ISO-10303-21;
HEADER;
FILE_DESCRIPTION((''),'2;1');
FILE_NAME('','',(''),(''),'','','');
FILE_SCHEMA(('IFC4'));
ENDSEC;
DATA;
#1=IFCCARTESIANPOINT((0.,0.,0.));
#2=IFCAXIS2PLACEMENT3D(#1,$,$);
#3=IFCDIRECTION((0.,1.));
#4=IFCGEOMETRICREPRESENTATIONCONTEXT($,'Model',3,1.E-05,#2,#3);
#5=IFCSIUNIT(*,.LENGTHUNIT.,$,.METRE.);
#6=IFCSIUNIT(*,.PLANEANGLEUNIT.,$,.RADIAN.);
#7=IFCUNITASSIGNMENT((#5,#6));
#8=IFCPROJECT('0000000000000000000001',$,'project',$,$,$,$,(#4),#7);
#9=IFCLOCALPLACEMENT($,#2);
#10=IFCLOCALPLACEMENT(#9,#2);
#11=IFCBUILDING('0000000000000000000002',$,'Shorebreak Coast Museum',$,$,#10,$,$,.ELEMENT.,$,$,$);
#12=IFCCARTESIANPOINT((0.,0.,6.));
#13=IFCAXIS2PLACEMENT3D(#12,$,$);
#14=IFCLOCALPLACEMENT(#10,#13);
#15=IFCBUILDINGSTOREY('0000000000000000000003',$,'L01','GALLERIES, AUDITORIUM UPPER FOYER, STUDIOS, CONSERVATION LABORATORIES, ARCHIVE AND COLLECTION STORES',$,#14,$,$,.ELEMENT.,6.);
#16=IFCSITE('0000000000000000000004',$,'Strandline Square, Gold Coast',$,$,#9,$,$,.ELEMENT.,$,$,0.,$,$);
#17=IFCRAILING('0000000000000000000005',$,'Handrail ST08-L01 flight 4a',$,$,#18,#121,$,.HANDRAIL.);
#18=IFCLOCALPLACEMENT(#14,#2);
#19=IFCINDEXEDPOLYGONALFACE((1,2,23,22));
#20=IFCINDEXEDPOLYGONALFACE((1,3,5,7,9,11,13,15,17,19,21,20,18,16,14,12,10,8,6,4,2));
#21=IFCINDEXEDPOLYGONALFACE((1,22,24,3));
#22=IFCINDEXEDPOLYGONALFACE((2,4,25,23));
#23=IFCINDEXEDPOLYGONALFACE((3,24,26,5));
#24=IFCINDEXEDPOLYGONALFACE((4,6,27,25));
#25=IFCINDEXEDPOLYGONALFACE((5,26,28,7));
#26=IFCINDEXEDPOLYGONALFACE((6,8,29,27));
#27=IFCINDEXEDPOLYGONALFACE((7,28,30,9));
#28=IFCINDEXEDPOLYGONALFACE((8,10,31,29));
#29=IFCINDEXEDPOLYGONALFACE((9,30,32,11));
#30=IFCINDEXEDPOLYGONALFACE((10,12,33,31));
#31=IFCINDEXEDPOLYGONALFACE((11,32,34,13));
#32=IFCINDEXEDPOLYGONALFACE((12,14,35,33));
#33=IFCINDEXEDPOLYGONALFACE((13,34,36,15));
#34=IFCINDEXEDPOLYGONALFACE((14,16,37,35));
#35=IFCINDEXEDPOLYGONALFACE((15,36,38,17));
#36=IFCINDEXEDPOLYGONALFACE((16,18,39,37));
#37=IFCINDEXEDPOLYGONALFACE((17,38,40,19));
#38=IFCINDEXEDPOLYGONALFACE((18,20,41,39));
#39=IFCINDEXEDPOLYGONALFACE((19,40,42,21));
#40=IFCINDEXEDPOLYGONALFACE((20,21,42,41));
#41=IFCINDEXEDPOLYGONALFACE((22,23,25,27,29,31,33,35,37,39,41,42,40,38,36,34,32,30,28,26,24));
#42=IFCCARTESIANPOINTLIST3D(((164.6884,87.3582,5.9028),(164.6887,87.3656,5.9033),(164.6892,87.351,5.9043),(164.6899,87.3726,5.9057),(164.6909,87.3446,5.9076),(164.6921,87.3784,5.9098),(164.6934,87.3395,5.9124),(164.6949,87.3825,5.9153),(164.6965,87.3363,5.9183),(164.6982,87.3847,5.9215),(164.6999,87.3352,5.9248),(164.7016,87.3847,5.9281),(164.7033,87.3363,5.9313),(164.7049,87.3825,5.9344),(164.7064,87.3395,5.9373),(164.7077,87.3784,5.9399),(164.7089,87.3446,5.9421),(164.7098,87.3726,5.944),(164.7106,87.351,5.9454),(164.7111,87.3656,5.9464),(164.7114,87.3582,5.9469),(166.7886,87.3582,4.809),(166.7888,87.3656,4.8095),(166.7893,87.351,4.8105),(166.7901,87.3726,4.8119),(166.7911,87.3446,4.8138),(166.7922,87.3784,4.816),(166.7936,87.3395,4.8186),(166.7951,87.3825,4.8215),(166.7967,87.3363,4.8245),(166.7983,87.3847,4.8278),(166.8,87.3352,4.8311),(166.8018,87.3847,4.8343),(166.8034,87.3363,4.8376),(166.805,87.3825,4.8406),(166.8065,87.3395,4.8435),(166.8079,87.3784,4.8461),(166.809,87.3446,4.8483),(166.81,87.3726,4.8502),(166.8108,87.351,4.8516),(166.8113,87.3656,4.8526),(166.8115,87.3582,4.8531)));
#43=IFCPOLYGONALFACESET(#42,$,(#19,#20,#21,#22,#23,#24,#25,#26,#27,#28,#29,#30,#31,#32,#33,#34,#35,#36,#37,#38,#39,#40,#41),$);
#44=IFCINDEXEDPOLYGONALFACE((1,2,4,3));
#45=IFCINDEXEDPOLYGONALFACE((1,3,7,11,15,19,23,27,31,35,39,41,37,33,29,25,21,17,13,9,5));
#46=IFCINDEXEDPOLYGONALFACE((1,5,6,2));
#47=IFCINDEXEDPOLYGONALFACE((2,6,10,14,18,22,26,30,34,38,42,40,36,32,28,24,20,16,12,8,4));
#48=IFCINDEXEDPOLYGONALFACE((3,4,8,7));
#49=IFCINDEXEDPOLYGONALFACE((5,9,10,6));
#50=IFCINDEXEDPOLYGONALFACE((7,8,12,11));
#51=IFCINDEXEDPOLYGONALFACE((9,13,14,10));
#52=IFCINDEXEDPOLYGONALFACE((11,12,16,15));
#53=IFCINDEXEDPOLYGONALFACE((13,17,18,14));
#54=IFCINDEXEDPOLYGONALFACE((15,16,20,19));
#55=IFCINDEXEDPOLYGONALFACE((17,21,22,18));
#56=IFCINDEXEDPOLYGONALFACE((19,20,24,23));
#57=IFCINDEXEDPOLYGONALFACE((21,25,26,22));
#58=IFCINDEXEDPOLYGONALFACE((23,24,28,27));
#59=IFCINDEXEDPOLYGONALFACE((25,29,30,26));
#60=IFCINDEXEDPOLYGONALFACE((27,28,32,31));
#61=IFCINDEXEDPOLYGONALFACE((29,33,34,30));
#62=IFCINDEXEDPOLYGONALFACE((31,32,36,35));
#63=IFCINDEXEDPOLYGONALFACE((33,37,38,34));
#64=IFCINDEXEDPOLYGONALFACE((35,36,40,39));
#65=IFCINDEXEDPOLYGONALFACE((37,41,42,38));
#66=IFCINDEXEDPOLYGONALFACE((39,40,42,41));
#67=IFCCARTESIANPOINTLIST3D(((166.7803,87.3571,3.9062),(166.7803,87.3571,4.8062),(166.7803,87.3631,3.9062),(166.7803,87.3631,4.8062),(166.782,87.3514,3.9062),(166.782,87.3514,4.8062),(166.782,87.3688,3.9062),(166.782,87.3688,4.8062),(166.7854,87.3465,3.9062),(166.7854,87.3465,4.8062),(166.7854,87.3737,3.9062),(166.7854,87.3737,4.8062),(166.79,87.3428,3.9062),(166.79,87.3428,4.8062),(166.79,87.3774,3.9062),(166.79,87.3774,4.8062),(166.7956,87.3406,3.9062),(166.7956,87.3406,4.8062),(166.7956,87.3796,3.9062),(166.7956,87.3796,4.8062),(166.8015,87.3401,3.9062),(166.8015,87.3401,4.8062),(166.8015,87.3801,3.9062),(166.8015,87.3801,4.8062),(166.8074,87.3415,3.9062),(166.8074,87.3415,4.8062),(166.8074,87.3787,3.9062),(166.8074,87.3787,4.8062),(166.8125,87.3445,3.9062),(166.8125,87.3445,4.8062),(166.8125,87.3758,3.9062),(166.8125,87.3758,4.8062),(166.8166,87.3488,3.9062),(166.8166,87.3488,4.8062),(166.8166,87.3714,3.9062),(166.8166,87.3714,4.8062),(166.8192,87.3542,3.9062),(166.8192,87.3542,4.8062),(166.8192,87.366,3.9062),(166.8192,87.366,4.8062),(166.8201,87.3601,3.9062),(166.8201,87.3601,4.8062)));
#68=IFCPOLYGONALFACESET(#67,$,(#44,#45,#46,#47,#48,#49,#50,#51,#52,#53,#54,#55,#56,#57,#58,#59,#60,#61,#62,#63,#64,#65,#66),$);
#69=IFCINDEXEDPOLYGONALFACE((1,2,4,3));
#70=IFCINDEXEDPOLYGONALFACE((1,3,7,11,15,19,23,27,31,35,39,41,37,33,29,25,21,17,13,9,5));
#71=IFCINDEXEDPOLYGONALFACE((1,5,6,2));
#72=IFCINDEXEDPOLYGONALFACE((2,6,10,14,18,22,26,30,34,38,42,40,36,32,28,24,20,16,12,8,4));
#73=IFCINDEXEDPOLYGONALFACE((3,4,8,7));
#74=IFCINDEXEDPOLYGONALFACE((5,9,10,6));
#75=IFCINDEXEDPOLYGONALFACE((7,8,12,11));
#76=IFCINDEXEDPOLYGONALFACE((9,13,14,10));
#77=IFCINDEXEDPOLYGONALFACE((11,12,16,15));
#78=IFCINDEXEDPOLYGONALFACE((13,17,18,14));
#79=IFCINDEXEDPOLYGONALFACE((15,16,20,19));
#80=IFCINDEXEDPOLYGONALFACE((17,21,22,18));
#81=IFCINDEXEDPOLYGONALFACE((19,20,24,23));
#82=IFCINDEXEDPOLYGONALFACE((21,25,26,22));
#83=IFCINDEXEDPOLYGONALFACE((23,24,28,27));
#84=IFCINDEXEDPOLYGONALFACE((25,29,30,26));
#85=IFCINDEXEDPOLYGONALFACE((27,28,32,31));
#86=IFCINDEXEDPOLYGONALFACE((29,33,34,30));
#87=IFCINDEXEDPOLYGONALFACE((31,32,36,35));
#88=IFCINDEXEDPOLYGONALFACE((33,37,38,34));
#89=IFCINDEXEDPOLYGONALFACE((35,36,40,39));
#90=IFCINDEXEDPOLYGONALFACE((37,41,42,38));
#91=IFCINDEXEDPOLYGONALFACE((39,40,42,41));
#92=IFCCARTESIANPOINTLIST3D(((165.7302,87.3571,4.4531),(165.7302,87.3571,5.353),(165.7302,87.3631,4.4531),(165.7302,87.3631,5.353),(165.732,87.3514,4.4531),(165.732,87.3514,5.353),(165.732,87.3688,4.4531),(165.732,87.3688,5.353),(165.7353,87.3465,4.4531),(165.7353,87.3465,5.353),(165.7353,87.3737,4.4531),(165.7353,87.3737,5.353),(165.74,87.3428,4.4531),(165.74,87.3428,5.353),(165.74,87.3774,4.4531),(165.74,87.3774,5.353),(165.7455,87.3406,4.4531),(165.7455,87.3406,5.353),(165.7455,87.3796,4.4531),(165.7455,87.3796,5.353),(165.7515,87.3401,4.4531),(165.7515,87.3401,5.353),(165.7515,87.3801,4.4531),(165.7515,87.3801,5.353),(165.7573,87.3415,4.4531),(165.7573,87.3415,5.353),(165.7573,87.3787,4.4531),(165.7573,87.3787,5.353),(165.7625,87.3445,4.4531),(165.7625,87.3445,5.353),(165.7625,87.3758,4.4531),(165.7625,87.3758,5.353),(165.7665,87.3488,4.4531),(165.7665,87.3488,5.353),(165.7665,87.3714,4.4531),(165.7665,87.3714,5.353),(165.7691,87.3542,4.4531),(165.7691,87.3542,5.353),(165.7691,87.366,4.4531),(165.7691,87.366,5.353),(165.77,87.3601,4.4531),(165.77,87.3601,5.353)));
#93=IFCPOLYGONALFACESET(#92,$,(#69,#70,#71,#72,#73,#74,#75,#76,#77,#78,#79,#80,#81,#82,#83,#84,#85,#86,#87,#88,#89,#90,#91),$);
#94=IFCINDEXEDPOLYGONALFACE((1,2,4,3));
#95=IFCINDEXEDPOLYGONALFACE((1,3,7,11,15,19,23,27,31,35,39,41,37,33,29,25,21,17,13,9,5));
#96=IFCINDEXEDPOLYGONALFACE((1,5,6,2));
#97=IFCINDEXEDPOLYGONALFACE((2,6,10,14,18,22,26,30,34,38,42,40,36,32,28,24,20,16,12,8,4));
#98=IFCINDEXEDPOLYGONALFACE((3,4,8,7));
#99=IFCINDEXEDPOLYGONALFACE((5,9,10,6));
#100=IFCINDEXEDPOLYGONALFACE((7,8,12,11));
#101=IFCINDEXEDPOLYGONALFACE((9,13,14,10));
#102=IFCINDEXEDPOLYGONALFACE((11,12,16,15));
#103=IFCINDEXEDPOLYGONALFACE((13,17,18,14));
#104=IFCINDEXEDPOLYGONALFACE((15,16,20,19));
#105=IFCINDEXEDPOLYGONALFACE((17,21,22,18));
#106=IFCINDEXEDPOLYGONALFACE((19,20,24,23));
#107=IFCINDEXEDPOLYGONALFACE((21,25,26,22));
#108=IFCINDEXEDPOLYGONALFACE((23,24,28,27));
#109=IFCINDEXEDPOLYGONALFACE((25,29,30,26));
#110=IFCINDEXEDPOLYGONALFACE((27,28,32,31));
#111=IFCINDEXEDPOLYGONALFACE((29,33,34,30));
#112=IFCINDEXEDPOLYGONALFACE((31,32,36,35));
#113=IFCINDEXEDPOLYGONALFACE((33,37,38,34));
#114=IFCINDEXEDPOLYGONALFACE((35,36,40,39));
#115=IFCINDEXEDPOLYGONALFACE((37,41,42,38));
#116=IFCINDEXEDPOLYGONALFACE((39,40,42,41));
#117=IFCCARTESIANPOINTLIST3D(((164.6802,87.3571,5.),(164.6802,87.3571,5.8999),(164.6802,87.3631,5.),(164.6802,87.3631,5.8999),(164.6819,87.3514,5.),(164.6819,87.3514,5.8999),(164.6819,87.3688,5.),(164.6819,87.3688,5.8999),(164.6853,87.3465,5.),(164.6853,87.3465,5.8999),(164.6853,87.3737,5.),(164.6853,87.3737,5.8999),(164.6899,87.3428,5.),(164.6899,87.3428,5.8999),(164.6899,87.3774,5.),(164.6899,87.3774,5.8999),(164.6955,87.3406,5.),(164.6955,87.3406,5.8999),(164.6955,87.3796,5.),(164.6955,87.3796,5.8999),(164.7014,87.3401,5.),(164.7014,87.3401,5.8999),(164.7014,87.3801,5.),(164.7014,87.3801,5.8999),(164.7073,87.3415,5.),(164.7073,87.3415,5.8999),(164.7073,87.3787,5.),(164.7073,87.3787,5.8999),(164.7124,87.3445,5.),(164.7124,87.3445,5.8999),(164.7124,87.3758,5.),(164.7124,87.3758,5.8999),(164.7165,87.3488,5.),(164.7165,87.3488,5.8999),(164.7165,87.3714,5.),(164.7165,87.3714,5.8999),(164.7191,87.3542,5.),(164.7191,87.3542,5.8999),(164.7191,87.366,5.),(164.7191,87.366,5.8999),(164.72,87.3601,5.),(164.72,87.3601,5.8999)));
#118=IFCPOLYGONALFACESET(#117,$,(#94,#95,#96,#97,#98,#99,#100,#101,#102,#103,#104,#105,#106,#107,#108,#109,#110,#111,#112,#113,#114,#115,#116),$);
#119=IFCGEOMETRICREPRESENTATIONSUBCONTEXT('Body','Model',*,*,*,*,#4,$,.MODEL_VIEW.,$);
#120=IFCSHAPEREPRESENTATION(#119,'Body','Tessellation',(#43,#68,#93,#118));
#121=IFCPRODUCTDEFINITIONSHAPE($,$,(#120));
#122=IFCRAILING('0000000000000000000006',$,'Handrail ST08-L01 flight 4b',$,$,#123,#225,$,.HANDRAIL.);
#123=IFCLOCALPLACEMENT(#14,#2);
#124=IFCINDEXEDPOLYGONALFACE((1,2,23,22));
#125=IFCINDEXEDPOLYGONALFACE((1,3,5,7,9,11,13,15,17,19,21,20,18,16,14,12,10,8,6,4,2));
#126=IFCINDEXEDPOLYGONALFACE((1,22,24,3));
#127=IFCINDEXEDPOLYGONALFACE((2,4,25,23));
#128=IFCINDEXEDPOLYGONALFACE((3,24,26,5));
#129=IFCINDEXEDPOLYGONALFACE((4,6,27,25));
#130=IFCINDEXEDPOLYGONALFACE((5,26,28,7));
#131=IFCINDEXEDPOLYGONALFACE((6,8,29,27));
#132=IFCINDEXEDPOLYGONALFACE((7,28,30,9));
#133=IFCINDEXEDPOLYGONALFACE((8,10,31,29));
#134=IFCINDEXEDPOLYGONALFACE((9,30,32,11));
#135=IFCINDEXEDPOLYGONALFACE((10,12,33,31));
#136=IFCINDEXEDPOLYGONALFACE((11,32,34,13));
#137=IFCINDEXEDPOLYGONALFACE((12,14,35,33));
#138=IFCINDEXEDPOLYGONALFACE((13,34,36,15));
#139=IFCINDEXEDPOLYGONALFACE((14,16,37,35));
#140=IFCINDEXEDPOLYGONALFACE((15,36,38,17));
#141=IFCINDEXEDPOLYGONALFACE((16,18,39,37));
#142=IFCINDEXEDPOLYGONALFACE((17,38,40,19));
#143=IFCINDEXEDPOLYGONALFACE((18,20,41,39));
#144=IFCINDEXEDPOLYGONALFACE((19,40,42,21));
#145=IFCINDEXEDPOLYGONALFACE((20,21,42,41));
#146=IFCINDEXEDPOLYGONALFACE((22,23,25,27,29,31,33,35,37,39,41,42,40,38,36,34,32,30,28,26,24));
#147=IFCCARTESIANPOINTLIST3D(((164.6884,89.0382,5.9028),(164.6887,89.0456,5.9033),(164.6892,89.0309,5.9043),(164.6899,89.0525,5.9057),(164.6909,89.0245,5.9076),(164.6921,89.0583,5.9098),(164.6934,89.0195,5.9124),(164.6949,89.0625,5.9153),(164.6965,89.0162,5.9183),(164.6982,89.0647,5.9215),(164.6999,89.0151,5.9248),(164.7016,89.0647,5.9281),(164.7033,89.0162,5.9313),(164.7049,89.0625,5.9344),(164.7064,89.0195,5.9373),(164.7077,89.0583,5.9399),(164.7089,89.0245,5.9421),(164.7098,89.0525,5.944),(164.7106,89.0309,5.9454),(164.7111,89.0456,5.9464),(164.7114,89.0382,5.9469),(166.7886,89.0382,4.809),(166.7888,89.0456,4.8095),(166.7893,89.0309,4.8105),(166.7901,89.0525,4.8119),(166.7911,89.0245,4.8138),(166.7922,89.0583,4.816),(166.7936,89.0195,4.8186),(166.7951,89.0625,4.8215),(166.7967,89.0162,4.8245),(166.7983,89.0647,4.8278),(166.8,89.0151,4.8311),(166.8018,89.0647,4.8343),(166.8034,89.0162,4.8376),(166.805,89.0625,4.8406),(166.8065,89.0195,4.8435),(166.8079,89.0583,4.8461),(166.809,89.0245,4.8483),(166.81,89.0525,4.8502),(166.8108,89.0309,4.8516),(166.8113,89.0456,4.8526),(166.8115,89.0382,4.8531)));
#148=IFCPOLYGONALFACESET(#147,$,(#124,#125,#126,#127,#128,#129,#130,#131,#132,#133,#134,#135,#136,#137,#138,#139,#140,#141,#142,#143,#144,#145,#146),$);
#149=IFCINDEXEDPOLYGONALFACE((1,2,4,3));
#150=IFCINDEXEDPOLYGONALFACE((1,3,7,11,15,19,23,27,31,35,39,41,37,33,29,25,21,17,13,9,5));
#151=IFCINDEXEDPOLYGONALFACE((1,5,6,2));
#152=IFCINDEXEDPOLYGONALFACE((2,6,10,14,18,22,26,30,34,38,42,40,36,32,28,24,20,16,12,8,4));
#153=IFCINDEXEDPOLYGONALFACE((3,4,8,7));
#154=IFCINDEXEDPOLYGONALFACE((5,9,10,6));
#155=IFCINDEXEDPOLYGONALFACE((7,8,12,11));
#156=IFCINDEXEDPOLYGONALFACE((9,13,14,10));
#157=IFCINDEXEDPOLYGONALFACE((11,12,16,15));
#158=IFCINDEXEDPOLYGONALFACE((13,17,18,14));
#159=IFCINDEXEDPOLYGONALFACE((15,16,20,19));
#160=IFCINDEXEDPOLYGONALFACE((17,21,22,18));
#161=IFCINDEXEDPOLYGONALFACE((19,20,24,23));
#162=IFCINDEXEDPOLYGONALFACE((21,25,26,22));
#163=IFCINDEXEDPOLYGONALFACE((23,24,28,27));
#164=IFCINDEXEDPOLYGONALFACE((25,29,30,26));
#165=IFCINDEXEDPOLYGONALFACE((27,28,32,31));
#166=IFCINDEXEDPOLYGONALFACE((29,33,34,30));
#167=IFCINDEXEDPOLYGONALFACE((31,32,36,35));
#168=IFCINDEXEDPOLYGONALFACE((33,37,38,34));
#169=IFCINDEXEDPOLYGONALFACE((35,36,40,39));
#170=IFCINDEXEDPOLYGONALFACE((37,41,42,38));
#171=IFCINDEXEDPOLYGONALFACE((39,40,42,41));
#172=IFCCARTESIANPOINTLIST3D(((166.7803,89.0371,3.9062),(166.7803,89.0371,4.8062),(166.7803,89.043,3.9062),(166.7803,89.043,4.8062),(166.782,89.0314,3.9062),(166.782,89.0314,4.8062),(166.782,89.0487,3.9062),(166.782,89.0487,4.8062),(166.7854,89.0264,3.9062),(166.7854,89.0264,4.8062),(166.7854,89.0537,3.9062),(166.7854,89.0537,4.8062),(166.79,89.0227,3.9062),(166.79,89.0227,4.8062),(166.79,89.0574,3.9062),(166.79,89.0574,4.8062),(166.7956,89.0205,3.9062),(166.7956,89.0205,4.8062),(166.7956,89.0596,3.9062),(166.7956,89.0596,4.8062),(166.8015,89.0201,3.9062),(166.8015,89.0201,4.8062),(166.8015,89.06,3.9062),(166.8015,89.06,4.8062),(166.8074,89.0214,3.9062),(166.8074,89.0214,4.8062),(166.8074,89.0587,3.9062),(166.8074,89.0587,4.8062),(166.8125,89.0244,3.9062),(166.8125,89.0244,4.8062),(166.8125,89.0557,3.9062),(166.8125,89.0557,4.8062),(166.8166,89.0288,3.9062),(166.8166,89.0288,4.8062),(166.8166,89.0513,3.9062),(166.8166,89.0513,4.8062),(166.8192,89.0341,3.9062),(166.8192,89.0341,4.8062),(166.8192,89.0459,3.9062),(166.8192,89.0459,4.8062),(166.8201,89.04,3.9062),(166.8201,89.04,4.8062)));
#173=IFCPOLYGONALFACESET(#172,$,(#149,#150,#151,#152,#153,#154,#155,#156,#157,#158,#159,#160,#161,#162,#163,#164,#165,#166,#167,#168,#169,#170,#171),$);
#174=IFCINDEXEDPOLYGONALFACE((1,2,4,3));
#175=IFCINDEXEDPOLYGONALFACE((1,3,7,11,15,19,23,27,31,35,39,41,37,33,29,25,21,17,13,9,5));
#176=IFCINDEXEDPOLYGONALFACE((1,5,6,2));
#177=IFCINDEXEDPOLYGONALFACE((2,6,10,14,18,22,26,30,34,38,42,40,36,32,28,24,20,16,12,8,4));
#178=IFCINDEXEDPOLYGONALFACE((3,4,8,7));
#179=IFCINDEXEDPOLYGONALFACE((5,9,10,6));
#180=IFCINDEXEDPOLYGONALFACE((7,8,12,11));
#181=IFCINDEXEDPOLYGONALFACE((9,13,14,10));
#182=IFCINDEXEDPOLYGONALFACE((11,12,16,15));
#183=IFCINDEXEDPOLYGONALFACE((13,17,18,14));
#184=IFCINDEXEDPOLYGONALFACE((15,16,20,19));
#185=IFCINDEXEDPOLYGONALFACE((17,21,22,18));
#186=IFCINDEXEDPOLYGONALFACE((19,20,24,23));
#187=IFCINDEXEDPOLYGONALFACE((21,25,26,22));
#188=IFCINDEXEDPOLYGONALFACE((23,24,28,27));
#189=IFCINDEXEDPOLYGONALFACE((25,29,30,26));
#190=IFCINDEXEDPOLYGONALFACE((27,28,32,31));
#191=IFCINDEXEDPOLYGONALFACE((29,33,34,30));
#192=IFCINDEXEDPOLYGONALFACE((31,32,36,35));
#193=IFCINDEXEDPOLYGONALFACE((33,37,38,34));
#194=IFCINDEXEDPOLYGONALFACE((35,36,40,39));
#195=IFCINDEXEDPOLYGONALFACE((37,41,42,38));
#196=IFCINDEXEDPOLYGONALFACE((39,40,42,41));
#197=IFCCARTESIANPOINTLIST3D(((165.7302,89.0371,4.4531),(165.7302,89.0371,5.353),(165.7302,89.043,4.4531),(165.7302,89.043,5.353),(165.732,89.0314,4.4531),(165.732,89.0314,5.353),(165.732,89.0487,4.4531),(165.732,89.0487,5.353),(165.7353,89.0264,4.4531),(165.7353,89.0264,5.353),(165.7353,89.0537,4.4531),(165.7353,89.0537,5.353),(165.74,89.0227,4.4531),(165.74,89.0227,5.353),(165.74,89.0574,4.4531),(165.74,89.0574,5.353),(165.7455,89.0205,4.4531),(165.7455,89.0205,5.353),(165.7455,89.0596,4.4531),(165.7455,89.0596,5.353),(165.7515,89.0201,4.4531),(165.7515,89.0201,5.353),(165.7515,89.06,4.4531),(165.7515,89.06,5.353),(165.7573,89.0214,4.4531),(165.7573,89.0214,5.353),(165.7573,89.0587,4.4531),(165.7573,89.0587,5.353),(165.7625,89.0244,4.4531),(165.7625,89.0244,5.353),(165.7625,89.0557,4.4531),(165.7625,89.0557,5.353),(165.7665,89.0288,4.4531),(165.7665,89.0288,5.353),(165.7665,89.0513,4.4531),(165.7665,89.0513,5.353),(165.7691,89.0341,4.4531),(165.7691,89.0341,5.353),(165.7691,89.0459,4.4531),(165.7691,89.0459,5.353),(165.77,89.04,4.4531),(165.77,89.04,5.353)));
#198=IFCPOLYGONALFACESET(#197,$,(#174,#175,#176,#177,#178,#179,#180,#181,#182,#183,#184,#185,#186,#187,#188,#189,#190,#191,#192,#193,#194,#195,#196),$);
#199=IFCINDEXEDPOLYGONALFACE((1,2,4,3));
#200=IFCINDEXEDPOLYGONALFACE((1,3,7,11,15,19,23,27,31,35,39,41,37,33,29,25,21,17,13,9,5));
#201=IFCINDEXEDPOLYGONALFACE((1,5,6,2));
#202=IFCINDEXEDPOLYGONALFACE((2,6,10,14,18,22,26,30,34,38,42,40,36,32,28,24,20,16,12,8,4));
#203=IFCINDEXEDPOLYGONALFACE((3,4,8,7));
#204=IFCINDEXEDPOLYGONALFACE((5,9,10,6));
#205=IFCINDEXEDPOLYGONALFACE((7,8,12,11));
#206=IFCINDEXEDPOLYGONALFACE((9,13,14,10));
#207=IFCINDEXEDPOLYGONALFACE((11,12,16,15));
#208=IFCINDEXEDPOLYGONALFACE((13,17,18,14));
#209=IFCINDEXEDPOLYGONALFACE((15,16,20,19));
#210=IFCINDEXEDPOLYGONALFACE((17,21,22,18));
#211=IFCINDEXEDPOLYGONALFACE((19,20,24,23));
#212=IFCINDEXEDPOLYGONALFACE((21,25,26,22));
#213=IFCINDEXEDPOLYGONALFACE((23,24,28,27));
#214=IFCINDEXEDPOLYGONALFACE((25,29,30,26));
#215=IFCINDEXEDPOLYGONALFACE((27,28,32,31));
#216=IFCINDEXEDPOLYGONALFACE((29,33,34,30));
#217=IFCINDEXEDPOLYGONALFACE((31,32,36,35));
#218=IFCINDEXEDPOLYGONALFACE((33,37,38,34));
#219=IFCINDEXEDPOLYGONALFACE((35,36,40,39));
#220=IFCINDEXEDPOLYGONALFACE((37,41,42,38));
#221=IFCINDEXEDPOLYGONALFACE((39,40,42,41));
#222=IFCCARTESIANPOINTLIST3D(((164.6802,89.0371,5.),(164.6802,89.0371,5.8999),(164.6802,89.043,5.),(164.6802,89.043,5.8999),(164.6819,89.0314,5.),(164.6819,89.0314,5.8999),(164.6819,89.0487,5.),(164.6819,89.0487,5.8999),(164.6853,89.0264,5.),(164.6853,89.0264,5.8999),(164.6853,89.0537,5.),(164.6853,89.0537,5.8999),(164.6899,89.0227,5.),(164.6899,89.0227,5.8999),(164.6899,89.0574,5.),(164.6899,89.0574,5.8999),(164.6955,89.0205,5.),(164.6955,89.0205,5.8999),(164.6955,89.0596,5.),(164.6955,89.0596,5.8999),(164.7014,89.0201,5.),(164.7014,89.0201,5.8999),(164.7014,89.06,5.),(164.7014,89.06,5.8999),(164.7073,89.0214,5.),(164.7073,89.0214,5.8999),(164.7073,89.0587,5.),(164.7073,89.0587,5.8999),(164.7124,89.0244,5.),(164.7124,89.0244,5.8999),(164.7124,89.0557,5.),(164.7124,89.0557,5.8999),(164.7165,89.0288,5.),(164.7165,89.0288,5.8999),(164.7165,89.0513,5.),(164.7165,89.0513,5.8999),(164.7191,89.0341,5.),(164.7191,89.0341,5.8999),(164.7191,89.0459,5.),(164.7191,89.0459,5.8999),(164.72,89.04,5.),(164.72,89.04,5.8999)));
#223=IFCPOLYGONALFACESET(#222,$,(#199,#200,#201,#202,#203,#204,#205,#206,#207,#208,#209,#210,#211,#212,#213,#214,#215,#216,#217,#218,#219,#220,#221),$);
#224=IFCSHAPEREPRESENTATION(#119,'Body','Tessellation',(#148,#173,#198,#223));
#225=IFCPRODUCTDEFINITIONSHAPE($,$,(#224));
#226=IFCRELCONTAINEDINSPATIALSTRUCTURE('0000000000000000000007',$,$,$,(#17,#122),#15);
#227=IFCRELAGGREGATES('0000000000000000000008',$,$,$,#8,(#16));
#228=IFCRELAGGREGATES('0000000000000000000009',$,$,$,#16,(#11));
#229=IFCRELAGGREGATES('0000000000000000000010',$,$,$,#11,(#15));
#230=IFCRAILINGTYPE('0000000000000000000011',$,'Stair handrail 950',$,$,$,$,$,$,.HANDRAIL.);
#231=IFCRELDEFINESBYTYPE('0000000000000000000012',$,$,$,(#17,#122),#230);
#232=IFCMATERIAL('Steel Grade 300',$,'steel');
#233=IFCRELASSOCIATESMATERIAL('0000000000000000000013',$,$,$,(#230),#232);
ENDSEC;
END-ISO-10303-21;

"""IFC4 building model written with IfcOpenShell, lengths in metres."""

from ifc_helpers import new_model, si_unit, direction, frame, origin, origin_2d, place, context, subcontext, project, spatial, circle, extrude, material, type_object, element, save


model = new_model("IFC4")

# Units and contexts
model_context = context("Model", 3, precision=1e-05, world=origin(), true_north=direction((0.0, 1.0)))
body_context = subcontext(model_context, "Body", "Model", "MODEL_VIEW")
ifc_project = project(units=[si_unit("LENGTHUNIT", "METRE"), si_unit("PLANEANGLEUNIT", "RADIAN")], contexts=[model_context])

# Site, building, storey
site_placement = place(None, origin())
site = spatial("IfcSite", under=ifc_project, at=site_placement, Name="Strandline Square, Gold Coast", CompositionType="ELEMENT", RefElevation=0.0)
building_placement = place(site_placement, origin())
building = spatial("IfcBuilding", under=site, at=building_placement, Name="Shorebreak Coast Museum", CompositionType="ELEMENT")
storey_placement = place(building_placement, frame((0.0, 0.0, 6.0)))
storey = spatial("IfcBuildingStorey", under=building, at=storey_placement, Name="L01", Description="GALLERIES, AUDITORIUM UPPER FOYER, STUDIOS, CONSERVATION LABORATORIES, ARCHIVE AND COLLECTION STORES", CompositionType="ELEMENT", Elevation=6.0)

# Railings
ifc_material_1 = material(Name="Steel Grade 300", Category="steel")
railing_type_1 = type_object("IfcRailingType", Name="Stair handrail 950", PredefinedType="HANDRAIL", material=ifc_material_1)
for number, where, name in (
    (1, (166.8, 87.3601, 3.9062), "Handrail ST08-L01 flight 4a"),
    (2, (166.8, 89.04, 3.9062), "Handrail ST08-L01 flight 4b"),
):
    element("IfcRailing", number, at=place(storey_placement, frame(where)), inside=storey, type_object=railing_type_1, Name=name, PredefinedType="HANDRAIL", context=body_context, shape_type="SweptSolid", body=[
        extrude(circle(Radius=0.0249, at=origin_2d()), frame((0.0, 0.0, 0.9248), z_axis=(-0.886923, 0.0, 0.461918), x_axis=(0.0, -1.0, 0.0)), (0.0, 0.0, 1.0), 2.3679),
        extrude(circle(Radius=0.02, at=origin_2d()), origin(), (0.0, 0.0, 1.0), 0.8999),
        extrude(circle(Radius=0.02, at=origin_2d()), frame((-1.05, 0.0, 0.5469)), (0.0, 0.0, 1.0), 0.8999),
        extrude(circle(Radius=0.02, at=origin_2d()), frame((-2.1001, 0.0, 1.0938)), (0.0, 0.0, 1.0), 0.8999),
    ])

save(model, "model.ifc")
